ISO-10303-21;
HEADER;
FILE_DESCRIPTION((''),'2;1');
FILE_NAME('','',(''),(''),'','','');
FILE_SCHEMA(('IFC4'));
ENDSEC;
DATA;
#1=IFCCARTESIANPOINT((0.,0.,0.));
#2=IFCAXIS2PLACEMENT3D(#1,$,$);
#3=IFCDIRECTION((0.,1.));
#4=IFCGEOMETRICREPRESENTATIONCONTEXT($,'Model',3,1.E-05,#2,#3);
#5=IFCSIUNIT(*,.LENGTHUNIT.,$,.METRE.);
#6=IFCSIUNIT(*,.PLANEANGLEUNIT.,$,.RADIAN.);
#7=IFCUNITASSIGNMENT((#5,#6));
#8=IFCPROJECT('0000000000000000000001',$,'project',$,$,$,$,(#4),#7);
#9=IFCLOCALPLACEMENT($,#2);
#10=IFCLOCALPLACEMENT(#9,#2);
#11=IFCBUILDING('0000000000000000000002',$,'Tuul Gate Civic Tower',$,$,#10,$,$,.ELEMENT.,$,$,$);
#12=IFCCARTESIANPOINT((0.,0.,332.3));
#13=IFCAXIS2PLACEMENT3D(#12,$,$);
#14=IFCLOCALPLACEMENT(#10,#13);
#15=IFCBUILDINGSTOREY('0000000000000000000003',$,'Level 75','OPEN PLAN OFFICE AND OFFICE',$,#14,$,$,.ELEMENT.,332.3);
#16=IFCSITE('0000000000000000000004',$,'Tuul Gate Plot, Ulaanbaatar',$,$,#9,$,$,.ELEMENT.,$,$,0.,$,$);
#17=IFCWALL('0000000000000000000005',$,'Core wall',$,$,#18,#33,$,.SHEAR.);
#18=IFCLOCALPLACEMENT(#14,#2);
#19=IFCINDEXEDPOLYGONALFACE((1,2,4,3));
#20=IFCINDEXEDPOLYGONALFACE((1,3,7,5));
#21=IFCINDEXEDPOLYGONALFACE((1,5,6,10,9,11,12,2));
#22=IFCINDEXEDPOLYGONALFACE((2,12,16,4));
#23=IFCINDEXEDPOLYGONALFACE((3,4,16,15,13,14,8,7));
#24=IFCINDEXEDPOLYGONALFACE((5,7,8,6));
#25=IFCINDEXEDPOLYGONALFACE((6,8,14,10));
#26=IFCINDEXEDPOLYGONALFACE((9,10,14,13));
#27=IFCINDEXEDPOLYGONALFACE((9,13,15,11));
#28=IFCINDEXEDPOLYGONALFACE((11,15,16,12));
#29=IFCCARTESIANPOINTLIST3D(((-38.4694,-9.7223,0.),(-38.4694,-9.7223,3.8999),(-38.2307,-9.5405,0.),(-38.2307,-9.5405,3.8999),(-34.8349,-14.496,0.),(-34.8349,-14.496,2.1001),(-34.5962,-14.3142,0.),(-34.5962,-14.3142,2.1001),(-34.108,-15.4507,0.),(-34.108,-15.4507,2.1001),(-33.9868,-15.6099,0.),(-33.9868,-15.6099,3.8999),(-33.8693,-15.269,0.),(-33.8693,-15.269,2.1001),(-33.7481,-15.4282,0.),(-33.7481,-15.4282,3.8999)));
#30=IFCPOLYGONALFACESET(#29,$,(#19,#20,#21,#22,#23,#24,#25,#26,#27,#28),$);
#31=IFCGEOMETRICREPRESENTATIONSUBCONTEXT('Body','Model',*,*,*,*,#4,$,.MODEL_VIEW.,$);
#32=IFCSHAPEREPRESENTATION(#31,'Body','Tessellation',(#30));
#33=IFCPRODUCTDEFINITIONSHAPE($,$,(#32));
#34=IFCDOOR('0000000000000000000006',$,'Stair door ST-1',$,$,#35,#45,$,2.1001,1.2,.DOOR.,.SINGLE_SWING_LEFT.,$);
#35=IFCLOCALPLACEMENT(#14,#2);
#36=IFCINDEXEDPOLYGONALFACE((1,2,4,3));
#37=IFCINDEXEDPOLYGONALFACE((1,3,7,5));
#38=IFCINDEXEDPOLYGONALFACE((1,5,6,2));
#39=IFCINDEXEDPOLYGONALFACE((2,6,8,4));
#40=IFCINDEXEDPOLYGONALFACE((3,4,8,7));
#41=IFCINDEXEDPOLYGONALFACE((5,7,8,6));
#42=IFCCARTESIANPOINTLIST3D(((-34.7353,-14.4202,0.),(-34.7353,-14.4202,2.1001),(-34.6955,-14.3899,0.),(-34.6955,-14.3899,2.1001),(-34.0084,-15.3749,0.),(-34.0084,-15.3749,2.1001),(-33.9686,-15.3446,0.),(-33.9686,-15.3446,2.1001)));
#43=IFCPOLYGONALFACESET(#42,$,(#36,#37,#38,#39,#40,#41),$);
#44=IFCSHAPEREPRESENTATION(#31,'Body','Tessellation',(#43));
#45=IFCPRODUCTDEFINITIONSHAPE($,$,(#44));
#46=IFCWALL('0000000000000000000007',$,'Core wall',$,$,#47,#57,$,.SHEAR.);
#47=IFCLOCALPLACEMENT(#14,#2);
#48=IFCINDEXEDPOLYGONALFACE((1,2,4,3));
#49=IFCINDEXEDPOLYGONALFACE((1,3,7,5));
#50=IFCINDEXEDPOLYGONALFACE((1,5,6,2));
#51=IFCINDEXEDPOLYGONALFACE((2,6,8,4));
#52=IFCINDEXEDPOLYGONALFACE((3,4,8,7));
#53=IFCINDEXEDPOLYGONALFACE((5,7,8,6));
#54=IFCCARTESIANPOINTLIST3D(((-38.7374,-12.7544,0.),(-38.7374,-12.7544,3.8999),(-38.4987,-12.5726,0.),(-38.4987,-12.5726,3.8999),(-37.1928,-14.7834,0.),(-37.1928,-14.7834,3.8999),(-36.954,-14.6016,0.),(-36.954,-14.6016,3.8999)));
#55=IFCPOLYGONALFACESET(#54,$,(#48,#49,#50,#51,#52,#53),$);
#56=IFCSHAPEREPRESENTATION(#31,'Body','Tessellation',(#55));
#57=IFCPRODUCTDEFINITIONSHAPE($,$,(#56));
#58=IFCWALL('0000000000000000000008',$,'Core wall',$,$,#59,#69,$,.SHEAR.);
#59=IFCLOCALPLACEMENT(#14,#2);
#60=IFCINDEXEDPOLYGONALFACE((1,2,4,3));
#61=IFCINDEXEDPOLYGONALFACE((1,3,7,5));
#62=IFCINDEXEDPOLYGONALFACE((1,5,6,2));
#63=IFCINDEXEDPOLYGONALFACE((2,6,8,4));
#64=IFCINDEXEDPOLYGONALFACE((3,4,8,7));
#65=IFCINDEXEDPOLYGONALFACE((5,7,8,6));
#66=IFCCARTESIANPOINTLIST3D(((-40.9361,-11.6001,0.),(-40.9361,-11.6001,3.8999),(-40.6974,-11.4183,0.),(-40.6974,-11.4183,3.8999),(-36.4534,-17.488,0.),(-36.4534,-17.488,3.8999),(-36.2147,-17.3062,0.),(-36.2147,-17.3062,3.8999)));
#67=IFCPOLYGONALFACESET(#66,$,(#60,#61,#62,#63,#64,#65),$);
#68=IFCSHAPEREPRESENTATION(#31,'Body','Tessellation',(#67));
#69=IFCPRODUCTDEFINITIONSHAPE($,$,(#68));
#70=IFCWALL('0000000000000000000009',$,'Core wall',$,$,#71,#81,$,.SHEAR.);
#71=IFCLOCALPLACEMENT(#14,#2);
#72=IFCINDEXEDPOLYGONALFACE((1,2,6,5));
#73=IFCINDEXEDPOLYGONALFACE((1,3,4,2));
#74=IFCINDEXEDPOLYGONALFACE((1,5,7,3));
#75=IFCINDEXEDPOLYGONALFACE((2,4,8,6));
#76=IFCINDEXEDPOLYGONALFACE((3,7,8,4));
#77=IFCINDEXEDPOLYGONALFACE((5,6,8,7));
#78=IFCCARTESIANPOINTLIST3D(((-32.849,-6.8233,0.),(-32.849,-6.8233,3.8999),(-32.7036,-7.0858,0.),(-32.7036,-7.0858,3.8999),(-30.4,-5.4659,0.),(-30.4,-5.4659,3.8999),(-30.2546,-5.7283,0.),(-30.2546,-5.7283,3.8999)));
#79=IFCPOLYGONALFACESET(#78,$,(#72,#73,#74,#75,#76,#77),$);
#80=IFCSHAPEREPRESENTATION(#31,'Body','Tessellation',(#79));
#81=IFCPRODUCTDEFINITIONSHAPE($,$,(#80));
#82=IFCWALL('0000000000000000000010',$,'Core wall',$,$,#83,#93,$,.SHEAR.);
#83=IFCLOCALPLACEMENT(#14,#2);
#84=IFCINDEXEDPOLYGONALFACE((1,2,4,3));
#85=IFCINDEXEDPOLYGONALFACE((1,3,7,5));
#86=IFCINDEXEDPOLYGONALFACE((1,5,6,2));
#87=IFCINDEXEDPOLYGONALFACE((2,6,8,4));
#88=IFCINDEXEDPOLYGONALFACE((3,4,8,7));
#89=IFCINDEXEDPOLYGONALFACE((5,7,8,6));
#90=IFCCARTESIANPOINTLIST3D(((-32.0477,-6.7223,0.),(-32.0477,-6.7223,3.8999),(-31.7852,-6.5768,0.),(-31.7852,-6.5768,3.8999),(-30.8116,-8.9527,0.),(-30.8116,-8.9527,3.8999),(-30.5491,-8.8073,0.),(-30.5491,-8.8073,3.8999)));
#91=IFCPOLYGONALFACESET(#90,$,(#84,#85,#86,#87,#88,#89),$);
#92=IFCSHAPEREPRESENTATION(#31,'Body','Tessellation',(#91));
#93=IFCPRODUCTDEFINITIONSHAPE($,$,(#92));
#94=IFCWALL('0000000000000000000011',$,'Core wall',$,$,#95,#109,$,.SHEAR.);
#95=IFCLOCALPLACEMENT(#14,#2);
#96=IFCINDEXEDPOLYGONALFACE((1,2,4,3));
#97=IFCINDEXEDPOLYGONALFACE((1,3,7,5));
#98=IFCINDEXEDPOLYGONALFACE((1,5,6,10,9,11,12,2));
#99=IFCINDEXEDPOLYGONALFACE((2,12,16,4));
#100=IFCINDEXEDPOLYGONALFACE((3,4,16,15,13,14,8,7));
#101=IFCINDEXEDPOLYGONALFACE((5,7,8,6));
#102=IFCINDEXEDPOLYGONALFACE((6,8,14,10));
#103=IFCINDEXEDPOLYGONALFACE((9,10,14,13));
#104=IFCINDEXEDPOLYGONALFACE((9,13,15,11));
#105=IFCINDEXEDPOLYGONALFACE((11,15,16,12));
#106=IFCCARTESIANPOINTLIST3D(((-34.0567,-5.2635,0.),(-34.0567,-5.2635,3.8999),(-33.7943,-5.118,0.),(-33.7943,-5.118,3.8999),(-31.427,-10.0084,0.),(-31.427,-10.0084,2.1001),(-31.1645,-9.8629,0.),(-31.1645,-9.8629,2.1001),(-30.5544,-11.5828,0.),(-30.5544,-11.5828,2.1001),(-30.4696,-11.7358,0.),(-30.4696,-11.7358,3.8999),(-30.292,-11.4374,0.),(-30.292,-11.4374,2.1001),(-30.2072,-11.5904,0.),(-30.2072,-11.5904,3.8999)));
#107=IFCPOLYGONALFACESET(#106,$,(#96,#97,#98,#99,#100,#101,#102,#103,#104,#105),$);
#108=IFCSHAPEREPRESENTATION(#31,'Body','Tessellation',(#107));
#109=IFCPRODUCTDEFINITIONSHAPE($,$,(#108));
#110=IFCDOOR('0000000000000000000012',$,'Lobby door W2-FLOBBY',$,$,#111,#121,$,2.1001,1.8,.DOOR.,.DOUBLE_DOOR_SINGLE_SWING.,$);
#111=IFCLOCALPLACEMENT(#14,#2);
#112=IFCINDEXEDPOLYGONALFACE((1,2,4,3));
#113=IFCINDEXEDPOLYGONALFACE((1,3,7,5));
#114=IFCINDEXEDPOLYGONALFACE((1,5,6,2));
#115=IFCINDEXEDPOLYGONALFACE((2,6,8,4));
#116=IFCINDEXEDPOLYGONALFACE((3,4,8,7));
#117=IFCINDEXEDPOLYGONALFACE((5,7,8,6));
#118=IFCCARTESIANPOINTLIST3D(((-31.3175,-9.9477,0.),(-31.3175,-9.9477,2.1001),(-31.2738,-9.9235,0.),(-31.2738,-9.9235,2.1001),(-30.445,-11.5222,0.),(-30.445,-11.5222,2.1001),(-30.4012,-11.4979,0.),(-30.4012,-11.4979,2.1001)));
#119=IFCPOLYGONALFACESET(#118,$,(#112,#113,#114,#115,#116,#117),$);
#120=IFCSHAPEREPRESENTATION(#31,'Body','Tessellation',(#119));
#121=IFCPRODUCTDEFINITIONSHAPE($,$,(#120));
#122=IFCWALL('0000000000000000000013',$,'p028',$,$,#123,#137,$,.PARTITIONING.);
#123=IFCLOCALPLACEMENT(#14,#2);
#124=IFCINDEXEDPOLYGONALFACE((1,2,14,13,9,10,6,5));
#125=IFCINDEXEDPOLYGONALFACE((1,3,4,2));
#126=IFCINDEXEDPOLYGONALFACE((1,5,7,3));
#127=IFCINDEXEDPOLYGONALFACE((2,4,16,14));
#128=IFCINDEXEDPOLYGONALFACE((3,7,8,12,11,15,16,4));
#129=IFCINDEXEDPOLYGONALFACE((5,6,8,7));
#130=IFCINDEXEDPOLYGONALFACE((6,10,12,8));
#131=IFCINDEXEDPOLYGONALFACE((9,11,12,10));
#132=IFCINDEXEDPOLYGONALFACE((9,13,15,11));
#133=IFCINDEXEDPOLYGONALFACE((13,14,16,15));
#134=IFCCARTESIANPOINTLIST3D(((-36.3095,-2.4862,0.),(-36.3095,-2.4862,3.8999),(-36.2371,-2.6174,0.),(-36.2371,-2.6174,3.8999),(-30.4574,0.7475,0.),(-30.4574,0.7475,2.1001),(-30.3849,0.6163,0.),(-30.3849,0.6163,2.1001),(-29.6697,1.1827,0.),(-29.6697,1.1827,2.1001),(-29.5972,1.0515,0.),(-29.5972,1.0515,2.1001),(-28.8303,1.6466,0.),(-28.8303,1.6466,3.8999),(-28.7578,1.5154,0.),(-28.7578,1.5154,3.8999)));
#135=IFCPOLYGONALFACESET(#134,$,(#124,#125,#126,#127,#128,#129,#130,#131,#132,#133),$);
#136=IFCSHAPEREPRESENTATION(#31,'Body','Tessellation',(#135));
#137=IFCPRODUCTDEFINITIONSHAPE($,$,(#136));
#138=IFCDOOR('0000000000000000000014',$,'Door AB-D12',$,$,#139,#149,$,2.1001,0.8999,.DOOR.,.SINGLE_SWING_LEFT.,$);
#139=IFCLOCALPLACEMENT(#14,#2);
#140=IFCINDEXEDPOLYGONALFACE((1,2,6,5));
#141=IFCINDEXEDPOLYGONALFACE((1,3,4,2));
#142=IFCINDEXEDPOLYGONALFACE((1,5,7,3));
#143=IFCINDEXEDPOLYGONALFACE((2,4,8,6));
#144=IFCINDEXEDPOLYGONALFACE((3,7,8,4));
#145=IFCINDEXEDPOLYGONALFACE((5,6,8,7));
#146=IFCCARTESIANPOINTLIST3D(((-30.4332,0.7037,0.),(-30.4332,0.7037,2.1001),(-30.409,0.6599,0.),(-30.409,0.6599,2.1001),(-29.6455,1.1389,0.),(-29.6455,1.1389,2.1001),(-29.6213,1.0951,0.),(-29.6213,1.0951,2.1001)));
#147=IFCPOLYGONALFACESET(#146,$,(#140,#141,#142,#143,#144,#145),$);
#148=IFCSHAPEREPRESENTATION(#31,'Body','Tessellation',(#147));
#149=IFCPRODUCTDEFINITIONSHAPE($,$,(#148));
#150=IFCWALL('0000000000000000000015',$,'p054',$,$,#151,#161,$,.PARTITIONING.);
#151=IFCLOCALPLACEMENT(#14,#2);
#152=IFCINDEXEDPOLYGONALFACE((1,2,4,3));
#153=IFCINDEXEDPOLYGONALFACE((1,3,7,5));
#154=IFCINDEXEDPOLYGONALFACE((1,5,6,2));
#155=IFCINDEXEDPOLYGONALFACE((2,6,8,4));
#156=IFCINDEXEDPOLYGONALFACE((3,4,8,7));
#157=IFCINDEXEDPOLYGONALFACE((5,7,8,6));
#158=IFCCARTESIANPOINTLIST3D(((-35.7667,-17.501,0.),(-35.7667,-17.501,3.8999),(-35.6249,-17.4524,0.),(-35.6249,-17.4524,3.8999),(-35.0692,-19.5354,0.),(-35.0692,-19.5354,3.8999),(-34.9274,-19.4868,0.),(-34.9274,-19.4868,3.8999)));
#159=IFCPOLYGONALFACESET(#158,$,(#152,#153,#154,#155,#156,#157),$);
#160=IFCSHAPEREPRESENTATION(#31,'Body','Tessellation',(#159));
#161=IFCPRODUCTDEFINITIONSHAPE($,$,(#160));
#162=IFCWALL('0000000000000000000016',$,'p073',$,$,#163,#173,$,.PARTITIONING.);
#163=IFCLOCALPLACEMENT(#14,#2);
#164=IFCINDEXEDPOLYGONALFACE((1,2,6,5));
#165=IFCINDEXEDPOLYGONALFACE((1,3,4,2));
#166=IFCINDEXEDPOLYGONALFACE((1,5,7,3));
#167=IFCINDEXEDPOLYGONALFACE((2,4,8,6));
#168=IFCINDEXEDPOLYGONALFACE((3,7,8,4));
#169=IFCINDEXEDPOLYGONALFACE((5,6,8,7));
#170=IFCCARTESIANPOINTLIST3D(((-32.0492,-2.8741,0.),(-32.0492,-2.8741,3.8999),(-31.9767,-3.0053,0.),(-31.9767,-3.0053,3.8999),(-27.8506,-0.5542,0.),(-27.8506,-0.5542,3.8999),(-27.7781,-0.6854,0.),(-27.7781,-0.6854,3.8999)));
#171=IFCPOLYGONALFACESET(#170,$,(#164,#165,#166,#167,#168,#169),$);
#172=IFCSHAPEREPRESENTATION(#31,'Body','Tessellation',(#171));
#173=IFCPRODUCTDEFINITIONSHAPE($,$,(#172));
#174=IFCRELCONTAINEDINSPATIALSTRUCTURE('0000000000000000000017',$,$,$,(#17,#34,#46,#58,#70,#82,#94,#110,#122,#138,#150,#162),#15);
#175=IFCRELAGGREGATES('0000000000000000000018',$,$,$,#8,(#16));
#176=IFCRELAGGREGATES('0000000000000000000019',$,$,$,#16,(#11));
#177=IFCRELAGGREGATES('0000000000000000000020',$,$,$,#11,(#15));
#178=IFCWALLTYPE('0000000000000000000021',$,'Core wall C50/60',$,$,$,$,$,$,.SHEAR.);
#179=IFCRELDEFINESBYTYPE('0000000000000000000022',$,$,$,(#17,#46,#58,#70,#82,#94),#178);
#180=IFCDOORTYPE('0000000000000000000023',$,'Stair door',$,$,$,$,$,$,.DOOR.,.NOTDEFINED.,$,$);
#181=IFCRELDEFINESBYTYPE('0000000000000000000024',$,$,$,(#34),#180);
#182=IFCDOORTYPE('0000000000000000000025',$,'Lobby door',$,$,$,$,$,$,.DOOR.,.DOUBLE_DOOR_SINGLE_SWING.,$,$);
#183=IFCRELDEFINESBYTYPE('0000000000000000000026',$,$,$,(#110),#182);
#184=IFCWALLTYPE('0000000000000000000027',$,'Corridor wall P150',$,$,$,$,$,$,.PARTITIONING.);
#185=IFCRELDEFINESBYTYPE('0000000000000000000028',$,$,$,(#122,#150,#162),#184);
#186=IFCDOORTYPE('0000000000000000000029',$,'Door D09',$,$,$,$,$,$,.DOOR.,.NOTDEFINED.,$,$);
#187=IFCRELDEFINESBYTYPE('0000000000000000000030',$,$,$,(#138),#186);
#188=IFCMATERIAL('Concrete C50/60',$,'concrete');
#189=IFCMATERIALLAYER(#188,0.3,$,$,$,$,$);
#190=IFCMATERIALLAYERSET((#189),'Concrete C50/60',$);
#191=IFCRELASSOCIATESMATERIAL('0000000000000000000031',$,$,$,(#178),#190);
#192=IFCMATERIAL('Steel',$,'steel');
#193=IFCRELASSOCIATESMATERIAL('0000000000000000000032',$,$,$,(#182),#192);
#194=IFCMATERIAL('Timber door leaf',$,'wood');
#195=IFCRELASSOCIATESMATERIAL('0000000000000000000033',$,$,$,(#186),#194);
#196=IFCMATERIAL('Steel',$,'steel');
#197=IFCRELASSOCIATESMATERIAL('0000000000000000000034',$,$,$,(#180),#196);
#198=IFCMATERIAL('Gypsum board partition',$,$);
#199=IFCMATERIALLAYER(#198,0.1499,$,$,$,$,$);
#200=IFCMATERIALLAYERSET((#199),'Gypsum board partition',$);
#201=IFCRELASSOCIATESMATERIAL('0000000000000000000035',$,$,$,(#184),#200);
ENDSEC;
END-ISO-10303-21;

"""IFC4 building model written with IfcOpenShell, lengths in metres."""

from ifc_helpers import new_model, si_unit, direction, frame, frame_2d, origin, place, context, subcontext, project, spatial, rectangle, extrude, material, layer, layer_set, type_object, element, fill, save


model = new_model("IFC4")

# Units and contexts
model_context = context("Model", 3, precision=1e-05, world=origin(), true_north=direction((0.0, 1.0)))
body_context = subcontext(model_context, "Body", "Model", "MODEL_VIEW")
ifc_project = project(units=[si_unit("LENGTHUNIT", "METRE"), si_unit("PLANEANGLEUNIT", "RADIAN")], contexts=[model_context])

# Site, building, storey
site_placement = place(None, origin())
site = spatial("IfcSite", under=ifc_project, at=site_placement, Name="Tuul Gate Plot, Ulaanbaatar", CompositionType="ELEMENT", RefElevation=0.0)
building_placement = place(site_placement, origin())
building = spatial("IfcBuilding", under=site, at=building_placement, Name="Tuul Gate Civic Tower", CompositionType="ELEMENT")
storey_placement = place(building_placement, frame((0.0, 0.0, 332.3)))
storey = spatial("IfcBuildingStorey", under=building, at=storey_placement, Name="Level 75", Description="OPEN PLAN OFFICE AND OFFICE", CompositionType="ELEMENT", Elevation=332.3)

# Shared definitions
ifc_material_1 = material(Name="Concrete C50/60", Category="concrete")
ifc_layer_1 = layer(ifc_material_1, 0.3)
ifc_layer_set_1 = layer_set([ifc_layer_1], Name="Concrete C50/60")
wall_type_1 = type_object("IfcWallType", Name="Core wall C50/60", PredefinedType="SHEAR", material=ifc_layer_set_1)
ifc_material_2 = material(Name="Steel", Category="steel")
door_type_1 = type_object("IfcDoorType", Name="Lobby door", OperationType="DOUBLE_DOOR_SINGLE_SWING", PredefinedType="DOOR", material=ifc_material_2)

# Shared definitions
ifc_material_3 = material(Name="Timber door leaf", Category="wood")
door_type_2 = type_object("IfcDoorType", Name="Door D09", OperationType="NOTDEFINED", PredefinedType="DOOR", material=ifc_material_3)

# Wall, opening, door
wall_1_placement = place(storey_placement, frame((-33.8674, -15.519, 0.0), z_axis=(0.0, 0.0, 1.0), x_axis=(-0.60577, 0.79564, 0.0)))
wall_1 = element("IfcWall", 1, at=wall_1_placement, inside=storey, type_object=wall_type_1, Name="Core wall", PredefinedType="SHEAR", context=body_context, shape_type="SweptSolid", body=[
    extrude(rectangle(XDim=7.3999, YDim=0.3, at=frame_2d((3.7, 0.0))), origin(), (0.0, 0.0, 1.0), 3.8999),
])
opening_1_placement = place(wall_1_placement, frame((0.2, 0.0, 0.0)))
opening_1 = element("IfcOpeningElement", 2, at=opening_1_placement, cuts=wall_1, PredefinedType="OPENING", context=body_context, shape_type="SweptSolid", body=[
    extrude(rectangle(XDim=1.2, YDim=2.1001, at=frame_2d((0.6001, 1.05))), frame((0.0, 0.1602, 0.0), z_axis=(0.0, -1.0, 0.0), x_axis=(1.0, 0.0, 0.0)), (0.0, 0.0, 1.0), 0.3201),
])
ifc_material_4 = material(Name="Steel", Category="steel")
door_type_3 = type_object("IfcDoorType", Name="Stair door", OperationType="NOTDEFINED", PredefinedType="DOOR", material=ifc_material_4)
door_1_placement = place(opening_1_placement, origin())
door_1 = element("IfcDoor", 3, at=door_1_placement, inside=storey, type_object=door_type_3, Name="Stair door ST-1", OperationType="SINGLE_SWING_LEFT", OverallHeight=2.1001, OverallWidth=1.2, PredefinedType="DOOR", context=body_context, shape_type="SweptSolid", body=[
    extrude(rectangle(XDim=1.2, YDim=2.1001, at=frame_2d((0.6001, 1.05))), frame((0.0, 0.0249, 0.0), z_axis=(0.0, -1.0, 0.0), x_axis=(1.0, 0.0, 0.0)), (0.0, 0.0, 1.0), 0.05),
])
fill(opening_1, door_1)

# Walls
wall_2_placement = place(storey_placement, frame((-37.0735, -14.6924, 0.0), z_axis=(0.0, 0.0, 1.0), x_axis=(-0.605729, 0.795671, 0.0)))
element("IfcWall", 4, at=wall_2_placement, inside=storey, type_object=wall_type_1, Name="Core wall", PredefinedType="SHEAR", context=body_context, shape_type="SweptSolid", body=[
    extrude(rectangle(XDim=2.55, YDim=0.3, at=frame_2d((1.2749, 0.0))), origin(), (0.0, 0.0, 1.0), 3.8999),
])
wall_3_placement = place(storey_placement, frame((-36.334, -17.3972, 0.0), z_axis=(0.0, 0.0, 1.0), x_axis=(-0.605754, 0.795652, 0.0)))
element("IfcWall", 5, at=wall_3_placement, inside=storey, type_object=wall_type_1, Name="Core wall", PredefinedType="SHEAR", context=body_context, shape_type="SweptSolid", body=[
    extrude(rectangle(XDim=7.4001, YDim=0.3, at=frame_2d((3.7002, 0.0))), origin(), (0.0, 0.0, 1.0), 3.8999),
])
wall_4_placement = place(storey_placement, frame((-30.3274, -5.5972, 0.0), z_axis=(0.0, 0.0, 1.0), x_axis=(-0.87463, -0.484791, 0.0)))
element("IfcWall", 6, at=wall_4_placement, inside=storey, type_object=wall_type_1, Name="Core wall", PredefinedType="SHEAR", context=body_context, shape_type="SweptSolid", body=[
    extrude(rectangle(XDim=2.8, YDim=0.3, at=frame_2d((1.3999, 0.0))), origin(), (0.0, 0.0, 1.0), 3.8999),
])
wall_5_placement = place(storey_placement, frame((-30.6804, -8.8799, 0.0), z_axis=(0.0, 0.0, 1.0), x_axis=(-0.484724, 0.874667, 0.0)))
element("IfcWall", 7, at=wall_5_placement, inside=storey, type_object=wall_type_1, Name="Core wall", PredefinedType="SHEAR", context=body_context, shape_type="SweptSolid", body=[
    extrude(rectangle(XDim=2.55, YDim=0.3, at=frame_2d((1.2749, 0.0))), origin(), (0.0, 0.0, 1.0), 3.8999),
])

# Walls, openings, doors
wall_6_placement = place(storey_placement, frame((-30.3384, -11.6631, 0.0), z_axis=(0.0, 0.0, 1.0), x_axis=(-0.484752, 0.874652, 0.0)))
wall_6 = element("IfcWall", 8, at=wall_6_placement, inside=storey, type_object=wall_type_1, Name="Core wall", PredefinedType="SHEAR", context=body_context, shape_type="SweptSolid", body=[
    extrude(rectangle(XDim=7.3999, YDim=0.3, at=frame_2d((3.7, 0.0))), origin(), (0.0, 0.0, 1.0), 3.8999),
])
opening_2_placement = place(wall_6_placement, frame((0.175, 0.0, 0.0)))
opening_2 = element("IfcOpeningElement", 9, at=opening_2_placement, cuts=wall_6, PredefinedType="OPENING", context=body_context, shape_type="SweptSolid", body=[
    extrude(rectangle(XDim=1.8, YDim=2.1001, at=frame_2d((0.8999, 1.05))), frame((0.0, 0.1602, 0.0), z_axis=(0.0, -1.0, 0.0), x_axis=(1.0, 0.0, 0.0)), (0.0, 0.0, 1.0), 0.3201),
])
door_2_placement = place(opening_2_placement, origin())
door_2 = element("IfcDoor", 10, at=door_2_placement, inside=storey, type_object=door_type_1, Name="Lobby door W2-FLOBBY", OperationType="DOUBLE_DOOR_SINGLE_SWING", OverallHeight=2.1001, OverallWidth=1.8, PredefinedType="DOOR", context=body_context, shape_type="SweptSolid", body=[
    extrude(rectangle(XDim=1.8, YDim=2.1001, at=frame_2d((0.8999, 1.05))), frame((0.0, 0.0249, 0.0), z_axis=(0.0, -1.0, 0.0), x_axis=(1.0, 0.0, 0.0)), (0.0, 0.0, 1.0), 0.05),
])
fill(opening_2, door_2)
ifc_material_5 = material(Name="Gypsum board partition")
ifc_layer_2 = layer(ifc_material_5, 0.1499)
ifc_layer_set_2 = layer_set([ifc_layer_2], Name="Gypsum board partition")
wall_type_2 = type_object("IfcWallType", Name="Corridor wall P150", PredefinedType="PARTITIONING", material=ifc_layer_set_2)
wall_7_placement = place(storey_placement, frame((-36.2732, -2.5518, 0.0), z_axis=(0.0, 0.0, 1.0), x_axis=(0.875264, 0.483645, 0.0)))
wall_7 = element("IfcWall", 11, at=wall_7_placement, inside=storey, type_object=wall_type_2, Name="p028", PredefinedType="PARTITIONING", context=body_context, shape_type="SweptSolid", body=[
    extrude(rectangle(XDim=8.5452, YDim=0.1499, at=frame_2d((4.2725, 0.0))), origin(), (0.0, 0.0, 1.0), 3.8999),
])
opening_3_placement = place(wall_7_placement, frame((6.686, 0.0, 0.0)))
opening_3 = element("IfcOpeningElement", 12, at=opening_3_placement, cuts=wall_7, PredefinedType="OPENING", context=body_context, shape_type="SweptSolid", body=[
    extrude(rectangle(XDim=0.8999, YDim=2.1001, at=frame_2d((0.45, 1.05))), frame((0.0, 0.085, 0.0), z_axis=(0.0, -1.0, 0.0), x_axis=(1.0, 0.0, 0.0)), (0.0, 0.0, 1.0), 0.1699),
])
door_3_placement = place(opening_3_placement, origin())
door_3 = element("IfcDoor", 13, at=door_3_placement, inside=storey, type_object=door_type_2, Name="Door AB-D12", OperationType="SINGLE_SWING_LEFT", OverallHeight=2.1001, OverallWidth=0.8999, PredefinedType="DOOR", context=body_context, shape_type="SweptSolid", body=[
    extrude(rectangle(XDim=0.8999, YDim=2.1001, at=frame_2d((0.45, 1.05))), frame((0.0, 0.0249, 0.0), z_axis=(0.0, -1.0, 0.0), x_axis=(1.0, 0.0, 0.0)), (0.0, 0.0, 1.0), 0.05),
])
fill(opening_3, door_3)

# Walls
wall_8_placement = place(storey_placement, frame((-35.6958, -17.4768, 0.0), z_axis=(0.0, 0.0, 1.0), x_axis=(0.324321, -0.945947, 0.0)))
element("IfcWall", 14, at=wall_8_placement, inside=storey, type_object=wall_type_2, Name="p054", PredefinedType="PARTITIONING", context=body_context, shape_type="SweptSolid", body=[
    extrude(rectangle(XDim=2.1506, YDim=0.1499, at=frame_2d((1.0752, 0.0))), origin(), (0.0, 0.0, 1.0), 3.8999),
])
wall_9_placement = place(storey_placement, frame((-32.0129, -2.9397, 0.0), z_axis=(0.0, 0.0, 1.0), x_axis=(0.875276, 0.483624, 0.0)))
element("IfcWall", 15, at=wall_9_placement, inside=storey, type_object=wall_type_2, Name="p073", PredefinedType="PARTITIONING", context=body_context, shape_type="SweptSolid", body=[
    extrude(rectangle(XDim=4.7969, YDim=0.1499, at=frame_2d((2.3984, 0.0))), origin(), (0.0, 0.0, 1.0), 3.8999),
])

save(model, "model.ifc")
